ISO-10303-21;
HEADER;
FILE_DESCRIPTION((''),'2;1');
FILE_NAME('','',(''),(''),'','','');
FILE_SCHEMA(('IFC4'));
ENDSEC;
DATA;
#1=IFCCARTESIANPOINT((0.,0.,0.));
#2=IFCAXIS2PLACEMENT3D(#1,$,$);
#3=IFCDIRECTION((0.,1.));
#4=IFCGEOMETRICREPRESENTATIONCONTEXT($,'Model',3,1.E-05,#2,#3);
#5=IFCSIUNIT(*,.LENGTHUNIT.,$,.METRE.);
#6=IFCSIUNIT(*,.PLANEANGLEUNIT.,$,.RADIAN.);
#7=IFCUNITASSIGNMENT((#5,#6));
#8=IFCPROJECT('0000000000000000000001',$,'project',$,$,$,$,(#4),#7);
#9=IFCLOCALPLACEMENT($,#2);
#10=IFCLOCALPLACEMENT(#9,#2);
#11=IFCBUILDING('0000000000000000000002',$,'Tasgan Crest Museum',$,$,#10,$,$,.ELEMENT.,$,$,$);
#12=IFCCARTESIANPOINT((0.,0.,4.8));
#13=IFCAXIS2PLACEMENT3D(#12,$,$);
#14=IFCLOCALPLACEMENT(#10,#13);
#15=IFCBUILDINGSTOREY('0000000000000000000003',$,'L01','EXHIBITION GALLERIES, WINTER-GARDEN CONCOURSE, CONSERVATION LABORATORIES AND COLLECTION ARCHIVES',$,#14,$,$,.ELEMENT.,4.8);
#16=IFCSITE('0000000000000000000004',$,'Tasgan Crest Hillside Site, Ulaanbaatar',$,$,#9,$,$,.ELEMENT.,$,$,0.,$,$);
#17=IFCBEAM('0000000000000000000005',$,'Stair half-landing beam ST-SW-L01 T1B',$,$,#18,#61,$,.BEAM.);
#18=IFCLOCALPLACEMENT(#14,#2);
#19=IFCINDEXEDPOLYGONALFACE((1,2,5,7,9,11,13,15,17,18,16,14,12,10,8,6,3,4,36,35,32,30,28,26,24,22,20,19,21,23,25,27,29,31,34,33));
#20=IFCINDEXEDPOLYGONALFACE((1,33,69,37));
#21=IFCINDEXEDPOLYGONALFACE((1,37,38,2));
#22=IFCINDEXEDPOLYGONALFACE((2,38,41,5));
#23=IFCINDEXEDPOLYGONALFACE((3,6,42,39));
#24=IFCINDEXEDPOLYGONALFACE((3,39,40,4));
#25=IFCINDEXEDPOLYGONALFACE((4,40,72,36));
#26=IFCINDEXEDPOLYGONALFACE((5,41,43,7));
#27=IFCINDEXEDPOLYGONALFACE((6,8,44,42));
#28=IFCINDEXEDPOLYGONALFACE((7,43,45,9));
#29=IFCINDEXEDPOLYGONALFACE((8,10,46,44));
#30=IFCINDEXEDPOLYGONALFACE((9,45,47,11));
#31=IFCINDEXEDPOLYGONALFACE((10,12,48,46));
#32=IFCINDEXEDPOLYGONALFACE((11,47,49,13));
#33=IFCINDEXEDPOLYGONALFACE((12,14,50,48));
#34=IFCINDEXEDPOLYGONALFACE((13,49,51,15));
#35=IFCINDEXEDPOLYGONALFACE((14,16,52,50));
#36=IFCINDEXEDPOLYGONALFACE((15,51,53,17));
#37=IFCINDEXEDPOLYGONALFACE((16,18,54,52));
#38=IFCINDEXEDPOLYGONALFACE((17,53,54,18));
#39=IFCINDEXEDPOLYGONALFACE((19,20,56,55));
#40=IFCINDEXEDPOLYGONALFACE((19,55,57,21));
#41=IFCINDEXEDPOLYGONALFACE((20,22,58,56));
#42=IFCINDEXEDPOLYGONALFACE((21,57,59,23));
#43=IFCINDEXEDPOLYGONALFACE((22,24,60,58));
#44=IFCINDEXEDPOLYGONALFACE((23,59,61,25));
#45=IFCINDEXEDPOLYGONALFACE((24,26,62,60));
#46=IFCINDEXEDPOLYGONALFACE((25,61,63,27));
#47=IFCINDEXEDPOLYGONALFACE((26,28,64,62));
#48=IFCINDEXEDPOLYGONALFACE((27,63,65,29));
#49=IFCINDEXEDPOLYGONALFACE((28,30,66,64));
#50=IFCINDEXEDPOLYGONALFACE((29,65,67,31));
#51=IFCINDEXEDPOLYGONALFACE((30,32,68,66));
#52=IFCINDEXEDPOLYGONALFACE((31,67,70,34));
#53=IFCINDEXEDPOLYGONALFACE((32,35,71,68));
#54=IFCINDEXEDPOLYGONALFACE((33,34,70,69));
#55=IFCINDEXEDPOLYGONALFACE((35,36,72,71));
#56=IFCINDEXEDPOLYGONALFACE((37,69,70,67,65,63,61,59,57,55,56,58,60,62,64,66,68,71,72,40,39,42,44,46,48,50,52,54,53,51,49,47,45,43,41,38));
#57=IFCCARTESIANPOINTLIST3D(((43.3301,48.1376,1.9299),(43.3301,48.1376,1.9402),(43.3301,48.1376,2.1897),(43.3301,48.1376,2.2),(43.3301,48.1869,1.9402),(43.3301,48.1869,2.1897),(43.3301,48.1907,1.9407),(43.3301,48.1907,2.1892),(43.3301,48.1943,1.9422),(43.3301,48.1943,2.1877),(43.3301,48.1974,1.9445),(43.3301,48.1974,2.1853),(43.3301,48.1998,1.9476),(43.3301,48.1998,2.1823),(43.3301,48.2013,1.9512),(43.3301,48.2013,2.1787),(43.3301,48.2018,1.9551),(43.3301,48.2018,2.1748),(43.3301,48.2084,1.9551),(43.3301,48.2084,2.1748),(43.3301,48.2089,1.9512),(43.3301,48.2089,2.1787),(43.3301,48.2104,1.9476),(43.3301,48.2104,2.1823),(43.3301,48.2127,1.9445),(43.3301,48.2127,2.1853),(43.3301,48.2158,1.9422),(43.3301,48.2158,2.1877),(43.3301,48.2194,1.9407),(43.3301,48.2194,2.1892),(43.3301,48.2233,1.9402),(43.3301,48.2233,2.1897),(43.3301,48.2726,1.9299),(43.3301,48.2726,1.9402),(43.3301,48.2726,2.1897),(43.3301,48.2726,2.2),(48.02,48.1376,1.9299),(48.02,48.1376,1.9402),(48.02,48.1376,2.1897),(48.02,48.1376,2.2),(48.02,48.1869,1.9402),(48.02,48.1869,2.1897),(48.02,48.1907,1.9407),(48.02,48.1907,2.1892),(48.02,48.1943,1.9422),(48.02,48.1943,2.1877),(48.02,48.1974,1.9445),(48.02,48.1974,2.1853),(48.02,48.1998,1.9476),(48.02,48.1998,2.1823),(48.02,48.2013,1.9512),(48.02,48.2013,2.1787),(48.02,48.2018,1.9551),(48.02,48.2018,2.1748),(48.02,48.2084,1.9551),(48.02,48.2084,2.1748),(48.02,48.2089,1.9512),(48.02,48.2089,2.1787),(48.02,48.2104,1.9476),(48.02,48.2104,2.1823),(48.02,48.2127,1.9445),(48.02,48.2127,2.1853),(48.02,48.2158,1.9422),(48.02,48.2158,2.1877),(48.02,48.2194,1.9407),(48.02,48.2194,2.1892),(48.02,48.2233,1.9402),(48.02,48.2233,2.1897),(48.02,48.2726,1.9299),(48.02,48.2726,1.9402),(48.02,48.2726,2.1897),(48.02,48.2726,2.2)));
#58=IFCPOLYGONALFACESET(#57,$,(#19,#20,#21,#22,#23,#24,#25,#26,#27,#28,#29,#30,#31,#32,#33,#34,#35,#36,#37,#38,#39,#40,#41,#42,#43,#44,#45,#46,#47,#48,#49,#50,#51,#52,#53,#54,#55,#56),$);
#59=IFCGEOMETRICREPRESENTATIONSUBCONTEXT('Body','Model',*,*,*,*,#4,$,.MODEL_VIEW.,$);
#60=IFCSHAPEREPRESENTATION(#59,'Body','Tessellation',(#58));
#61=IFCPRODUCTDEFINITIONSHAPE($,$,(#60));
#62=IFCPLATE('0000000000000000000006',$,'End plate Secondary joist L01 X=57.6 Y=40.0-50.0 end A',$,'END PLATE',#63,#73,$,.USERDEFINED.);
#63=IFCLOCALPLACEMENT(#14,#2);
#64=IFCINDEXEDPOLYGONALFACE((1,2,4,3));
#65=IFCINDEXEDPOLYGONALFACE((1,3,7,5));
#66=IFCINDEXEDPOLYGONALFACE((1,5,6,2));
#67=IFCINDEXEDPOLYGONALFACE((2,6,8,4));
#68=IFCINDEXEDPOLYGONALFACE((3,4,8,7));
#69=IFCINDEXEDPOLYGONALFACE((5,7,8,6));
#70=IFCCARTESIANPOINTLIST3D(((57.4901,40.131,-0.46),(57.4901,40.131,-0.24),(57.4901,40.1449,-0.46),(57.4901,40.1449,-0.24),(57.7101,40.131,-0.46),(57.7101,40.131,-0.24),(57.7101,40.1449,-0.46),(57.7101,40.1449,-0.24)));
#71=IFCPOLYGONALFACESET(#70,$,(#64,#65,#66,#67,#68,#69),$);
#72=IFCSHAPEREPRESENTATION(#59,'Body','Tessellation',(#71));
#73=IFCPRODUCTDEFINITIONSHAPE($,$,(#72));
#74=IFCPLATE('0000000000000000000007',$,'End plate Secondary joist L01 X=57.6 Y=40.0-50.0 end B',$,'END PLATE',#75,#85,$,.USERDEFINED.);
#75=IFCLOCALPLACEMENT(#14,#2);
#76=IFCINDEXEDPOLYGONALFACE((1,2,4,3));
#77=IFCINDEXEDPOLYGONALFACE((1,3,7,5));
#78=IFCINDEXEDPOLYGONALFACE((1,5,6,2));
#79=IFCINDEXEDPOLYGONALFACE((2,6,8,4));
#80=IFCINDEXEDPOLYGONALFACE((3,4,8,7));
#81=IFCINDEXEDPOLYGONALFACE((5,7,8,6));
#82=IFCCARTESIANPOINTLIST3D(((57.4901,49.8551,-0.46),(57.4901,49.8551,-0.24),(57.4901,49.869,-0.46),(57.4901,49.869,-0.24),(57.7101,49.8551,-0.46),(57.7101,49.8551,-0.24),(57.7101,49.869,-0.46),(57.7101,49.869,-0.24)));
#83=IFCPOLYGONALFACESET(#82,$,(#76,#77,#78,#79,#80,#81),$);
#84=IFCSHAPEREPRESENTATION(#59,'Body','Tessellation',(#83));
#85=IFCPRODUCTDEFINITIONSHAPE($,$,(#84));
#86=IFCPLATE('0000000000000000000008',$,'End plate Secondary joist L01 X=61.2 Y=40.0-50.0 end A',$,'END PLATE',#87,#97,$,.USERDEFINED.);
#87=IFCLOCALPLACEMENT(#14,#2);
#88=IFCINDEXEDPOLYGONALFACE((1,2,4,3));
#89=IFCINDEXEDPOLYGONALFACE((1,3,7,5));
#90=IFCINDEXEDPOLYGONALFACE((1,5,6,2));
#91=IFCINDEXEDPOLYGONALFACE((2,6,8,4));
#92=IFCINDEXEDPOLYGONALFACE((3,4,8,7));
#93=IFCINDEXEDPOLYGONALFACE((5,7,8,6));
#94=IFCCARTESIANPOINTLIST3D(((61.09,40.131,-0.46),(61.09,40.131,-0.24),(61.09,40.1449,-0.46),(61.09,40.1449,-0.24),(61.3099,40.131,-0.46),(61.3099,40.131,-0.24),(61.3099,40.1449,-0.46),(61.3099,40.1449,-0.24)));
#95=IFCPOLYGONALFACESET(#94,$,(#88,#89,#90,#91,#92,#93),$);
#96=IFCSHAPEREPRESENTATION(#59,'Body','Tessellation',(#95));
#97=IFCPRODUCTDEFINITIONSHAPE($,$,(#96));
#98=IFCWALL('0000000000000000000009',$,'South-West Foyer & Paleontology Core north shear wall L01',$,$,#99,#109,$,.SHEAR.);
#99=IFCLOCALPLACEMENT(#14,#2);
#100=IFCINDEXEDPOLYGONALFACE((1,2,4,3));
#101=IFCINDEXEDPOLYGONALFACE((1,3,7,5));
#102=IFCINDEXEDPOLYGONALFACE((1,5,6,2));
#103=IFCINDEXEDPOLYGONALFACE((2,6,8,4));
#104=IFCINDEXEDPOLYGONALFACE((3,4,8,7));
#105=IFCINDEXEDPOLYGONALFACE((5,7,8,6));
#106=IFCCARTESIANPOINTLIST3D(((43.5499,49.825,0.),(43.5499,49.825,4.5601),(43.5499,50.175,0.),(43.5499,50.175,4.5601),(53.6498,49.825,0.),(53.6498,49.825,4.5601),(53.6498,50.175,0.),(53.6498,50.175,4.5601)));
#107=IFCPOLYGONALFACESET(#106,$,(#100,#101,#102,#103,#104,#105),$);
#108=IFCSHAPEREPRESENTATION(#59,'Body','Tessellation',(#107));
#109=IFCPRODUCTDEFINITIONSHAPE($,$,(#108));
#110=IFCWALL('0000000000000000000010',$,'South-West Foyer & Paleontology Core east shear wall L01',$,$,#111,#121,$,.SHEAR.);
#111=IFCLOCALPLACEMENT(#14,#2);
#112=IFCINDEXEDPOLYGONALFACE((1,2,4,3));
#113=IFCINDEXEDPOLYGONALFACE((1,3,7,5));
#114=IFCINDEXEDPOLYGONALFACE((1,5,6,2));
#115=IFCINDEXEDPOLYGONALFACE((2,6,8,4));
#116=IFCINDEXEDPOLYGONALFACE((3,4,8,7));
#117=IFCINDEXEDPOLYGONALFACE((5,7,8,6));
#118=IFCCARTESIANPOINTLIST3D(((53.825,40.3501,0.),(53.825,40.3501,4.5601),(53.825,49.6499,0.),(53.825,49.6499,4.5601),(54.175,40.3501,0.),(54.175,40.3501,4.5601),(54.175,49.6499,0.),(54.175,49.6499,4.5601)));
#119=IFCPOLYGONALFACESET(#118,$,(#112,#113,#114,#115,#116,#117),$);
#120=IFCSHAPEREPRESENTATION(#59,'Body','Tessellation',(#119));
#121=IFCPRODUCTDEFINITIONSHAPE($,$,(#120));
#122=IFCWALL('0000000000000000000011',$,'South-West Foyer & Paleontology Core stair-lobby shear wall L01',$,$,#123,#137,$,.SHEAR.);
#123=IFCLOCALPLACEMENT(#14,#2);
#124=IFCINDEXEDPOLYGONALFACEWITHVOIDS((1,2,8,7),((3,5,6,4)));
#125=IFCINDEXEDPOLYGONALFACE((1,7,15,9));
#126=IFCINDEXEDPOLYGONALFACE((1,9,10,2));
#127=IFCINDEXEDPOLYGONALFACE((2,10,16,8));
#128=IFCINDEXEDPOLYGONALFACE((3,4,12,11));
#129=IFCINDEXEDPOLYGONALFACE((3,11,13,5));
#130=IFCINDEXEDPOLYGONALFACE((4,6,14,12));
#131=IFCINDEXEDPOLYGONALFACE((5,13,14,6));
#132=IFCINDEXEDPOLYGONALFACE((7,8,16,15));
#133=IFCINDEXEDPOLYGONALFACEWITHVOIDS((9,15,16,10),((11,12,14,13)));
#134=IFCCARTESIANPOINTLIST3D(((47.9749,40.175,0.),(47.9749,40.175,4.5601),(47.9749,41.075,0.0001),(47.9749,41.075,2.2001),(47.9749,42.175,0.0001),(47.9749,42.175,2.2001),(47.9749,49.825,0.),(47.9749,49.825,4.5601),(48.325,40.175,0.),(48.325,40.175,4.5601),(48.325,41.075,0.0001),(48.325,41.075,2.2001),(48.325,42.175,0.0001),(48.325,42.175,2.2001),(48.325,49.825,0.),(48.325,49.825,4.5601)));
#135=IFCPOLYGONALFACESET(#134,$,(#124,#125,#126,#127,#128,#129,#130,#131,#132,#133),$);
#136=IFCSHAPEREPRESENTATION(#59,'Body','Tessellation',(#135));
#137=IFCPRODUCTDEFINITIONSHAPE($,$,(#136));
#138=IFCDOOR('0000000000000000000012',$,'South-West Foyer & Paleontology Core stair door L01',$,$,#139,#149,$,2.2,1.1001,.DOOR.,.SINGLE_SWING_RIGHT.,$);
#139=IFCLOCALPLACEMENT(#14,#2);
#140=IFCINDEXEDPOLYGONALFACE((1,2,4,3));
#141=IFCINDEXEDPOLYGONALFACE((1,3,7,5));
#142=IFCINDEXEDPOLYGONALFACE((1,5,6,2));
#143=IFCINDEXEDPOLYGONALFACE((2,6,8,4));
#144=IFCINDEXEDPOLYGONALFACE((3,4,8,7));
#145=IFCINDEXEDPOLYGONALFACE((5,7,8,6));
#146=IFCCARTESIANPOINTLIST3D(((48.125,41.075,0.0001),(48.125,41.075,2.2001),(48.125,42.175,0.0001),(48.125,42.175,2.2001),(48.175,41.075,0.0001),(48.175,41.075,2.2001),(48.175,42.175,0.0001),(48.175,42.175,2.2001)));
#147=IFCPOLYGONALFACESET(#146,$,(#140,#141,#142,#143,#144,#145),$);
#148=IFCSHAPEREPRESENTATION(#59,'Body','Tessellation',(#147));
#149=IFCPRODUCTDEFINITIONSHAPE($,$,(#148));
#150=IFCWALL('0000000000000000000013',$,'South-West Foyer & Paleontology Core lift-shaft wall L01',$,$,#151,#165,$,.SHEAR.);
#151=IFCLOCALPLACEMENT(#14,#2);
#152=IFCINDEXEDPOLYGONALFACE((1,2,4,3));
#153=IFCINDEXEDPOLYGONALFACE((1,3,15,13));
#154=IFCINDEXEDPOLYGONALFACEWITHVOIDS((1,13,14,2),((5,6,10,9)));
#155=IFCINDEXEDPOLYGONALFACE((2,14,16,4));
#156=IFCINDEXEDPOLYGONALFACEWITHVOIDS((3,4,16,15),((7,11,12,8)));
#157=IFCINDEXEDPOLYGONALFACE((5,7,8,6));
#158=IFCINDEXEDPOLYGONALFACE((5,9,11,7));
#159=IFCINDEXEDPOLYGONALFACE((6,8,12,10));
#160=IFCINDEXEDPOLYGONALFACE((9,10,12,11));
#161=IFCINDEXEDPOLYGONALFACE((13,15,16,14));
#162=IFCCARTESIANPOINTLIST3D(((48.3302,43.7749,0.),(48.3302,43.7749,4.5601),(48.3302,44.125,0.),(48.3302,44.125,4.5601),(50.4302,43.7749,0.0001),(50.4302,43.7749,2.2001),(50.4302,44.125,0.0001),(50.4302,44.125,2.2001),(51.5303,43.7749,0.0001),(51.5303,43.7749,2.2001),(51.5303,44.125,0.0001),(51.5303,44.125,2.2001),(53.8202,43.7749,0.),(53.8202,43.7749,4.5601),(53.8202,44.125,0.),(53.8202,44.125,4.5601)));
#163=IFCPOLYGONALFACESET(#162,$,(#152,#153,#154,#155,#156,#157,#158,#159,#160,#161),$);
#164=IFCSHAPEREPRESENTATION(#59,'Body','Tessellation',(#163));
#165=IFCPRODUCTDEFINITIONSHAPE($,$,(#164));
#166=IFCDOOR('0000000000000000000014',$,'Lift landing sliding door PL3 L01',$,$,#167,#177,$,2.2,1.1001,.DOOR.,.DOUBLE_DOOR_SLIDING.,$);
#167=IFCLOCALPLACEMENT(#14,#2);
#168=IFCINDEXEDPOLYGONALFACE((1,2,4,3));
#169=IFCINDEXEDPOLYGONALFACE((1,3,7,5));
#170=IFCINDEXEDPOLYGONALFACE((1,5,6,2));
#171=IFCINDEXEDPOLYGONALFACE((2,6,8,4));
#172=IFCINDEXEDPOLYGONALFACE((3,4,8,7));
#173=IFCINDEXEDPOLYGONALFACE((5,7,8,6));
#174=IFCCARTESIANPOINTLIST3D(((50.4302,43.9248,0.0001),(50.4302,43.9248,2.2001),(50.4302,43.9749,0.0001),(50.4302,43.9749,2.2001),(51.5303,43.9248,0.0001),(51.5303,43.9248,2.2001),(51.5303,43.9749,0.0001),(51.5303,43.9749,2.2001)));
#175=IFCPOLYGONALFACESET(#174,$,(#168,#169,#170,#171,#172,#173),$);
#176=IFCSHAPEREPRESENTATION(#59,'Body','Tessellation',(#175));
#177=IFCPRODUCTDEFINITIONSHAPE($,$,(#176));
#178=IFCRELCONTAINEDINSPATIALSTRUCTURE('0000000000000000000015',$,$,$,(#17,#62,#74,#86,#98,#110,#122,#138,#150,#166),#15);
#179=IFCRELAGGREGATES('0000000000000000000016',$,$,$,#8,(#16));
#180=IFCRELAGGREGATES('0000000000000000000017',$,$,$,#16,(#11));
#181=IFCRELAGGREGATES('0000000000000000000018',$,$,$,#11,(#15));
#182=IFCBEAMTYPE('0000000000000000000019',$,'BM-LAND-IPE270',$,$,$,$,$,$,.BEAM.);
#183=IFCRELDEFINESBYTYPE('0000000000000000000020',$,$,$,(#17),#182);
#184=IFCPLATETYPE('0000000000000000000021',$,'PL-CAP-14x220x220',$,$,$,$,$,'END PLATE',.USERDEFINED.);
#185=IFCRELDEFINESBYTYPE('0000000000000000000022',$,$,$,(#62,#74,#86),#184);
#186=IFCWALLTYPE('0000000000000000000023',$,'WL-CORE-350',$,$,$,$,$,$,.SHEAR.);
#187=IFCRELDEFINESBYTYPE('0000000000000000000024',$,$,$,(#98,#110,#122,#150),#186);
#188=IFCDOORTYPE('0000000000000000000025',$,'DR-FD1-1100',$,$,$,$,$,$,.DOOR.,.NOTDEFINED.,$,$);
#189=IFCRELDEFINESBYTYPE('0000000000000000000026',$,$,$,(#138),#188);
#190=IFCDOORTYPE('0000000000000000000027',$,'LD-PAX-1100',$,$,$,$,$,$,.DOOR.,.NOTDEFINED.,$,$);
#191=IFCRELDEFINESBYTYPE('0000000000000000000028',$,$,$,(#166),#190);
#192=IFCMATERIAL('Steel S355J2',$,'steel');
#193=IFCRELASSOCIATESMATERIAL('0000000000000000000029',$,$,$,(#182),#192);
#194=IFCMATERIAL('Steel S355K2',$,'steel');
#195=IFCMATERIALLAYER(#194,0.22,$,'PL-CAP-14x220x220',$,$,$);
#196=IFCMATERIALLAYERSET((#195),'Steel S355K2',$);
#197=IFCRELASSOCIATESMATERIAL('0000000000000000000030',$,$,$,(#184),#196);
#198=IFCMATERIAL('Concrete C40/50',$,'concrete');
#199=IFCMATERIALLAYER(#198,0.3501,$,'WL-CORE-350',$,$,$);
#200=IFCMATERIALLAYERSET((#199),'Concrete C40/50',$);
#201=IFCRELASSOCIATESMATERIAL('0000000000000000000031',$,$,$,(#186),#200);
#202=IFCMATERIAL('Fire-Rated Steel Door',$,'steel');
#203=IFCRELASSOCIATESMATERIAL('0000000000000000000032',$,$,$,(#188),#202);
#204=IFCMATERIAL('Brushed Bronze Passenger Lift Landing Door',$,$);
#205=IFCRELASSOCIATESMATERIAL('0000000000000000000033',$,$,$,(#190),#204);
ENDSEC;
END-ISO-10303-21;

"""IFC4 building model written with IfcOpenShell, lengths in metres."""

from ifc_helpers import new_model, si_unit, direction, frame, frame_2d, origin, origin_2d, place, context, subcontext, project, spatial, rectangle, i_section, extrude, material, layer, layer_set, material_profile, profile_set, type_object, element, fill, save


model = new_model("IFC4")

# Units and contexts
model_context = context("Model", 3, precision=1e-05, world=origin(), true_north=direction((0.0, 1.0)))
body_context = subcontext(model_context, "Body", "Model", "MODEL_VIEW")
ifc_project = project(units=[si_unit("LENGTHUNIT", "METRE"), si_unit("PLANEANGLEUNIT", "RADIAN")], contexts=[model_context])

# Site, building, storey
site_placement = place(None, origin())
site = spatial("IfcSite", under=ifc_project, at=site_placement, Name="Tasgan Crest Hillside Site, Ulaanbaatar", CompositionType="ELEMENT", RefElevation=0.0)
building_placement = place(site_placement, origin())
building = spatial("IfcBuilding", under=site, at=building_placement, Name="Tasgan Crest Museum", CompositionType="ELEMENT")
storey_placement = place(building_placement, frame((0.0, 0.0, 4.8)))
storey = spatial("IfcBuildingStorey", under=building, at=storey_placement, Name="L01", Description="EXHIBITION GALLERIES, WINTER-GARDEN CONCOURSE, CONSERVATION LABORATORIES AND COLLECTION ARCHIVES", CompositionType="ELEMENT", Elevation=4.8)

# Beam
ifc_material_1 = material(Name="Steel S355J2", Category="steel")
ifc_material_profile_1 = material_profile(ifc_material_1, i_section(OverallWidth=0.135, OverallDepth=0.27, WebThickness=0.0066, FlangeThickness=0.0103, FilletRadius=0.0149, at=origin_2d()), Name="IPE 270")
ifc_profile_set_1 = profile_set([ifc_material_profile_1], Name="Steel S355J2")
beam_type_1 = type_object("IfcBeamType", Name="BM-LAND-IPE270", PredefinedType="BEAM", material=ifc_profile_set_1)
for number, where, z_axis, x_axis, name in (
    (1, (43.3301, 48.2051, 2.0649), (1.0, 0.0, 0.0), (0.0, 1.0, 0.0), "Stair half-landing beam ST-SW-L01 T1B"),
):
    element("IfcBeam", number, at=place(storey_placement, frame(where, z_axis=z_axis, x_axis=x_axis)), inside=storey, type_object=beam_type_1, Name=name, PredefinedType="BEAM", context=body_context, shape_type="SweptSolid", body=[
        extrude(i_section(OverallWidth=0.135, OverallDepth=0.27, WebThickness=0.0066, FlangeThickness=0.0103, FilletRadius=0.0149, at=origin_2d()), origin(), (0.0, 0.0, 1.0), 4.6899),
    ])

# Plates
ifc_material_2 = material(Name="Steel S355K2", Category="steel")
ifc_layer_1 = layer(ifc_material_2, 0.22, Name="PL-CAP-14x220x220")
ifc_layer_set_1 = layer_set([ifc_layer_1], Name="Steel S355K2")
plate_type = type_object("IfcPlateType", Name="PL-CAP-14x220x220", ElementType="END PLATE", PredefinedType="USERDEFINED", material=ifc_layer_set_1)
for number, where, z_axis, x_axis, name in (
    (2, (57.6001, 40.1379, -0.46), (0.0, 0.0, 1.0), (0.0, 1.0, 0.0), "End plate Secondary joist L01 X=57.6 Y=40.0-50.0 end A"),
    (3, (57.6001, 49.8621, -0.46), (0.0, 0.0, 1.0), (0.0, 1.0, 0.0), "End plate Secondary joist L01 X=57.6 Y=40.0-50.0 end B"),
    (4, (61.2, 40.1379, -0.46), (0.0, 0.0, 1.0), (0.0, 1.0, 0.0), "End plate Secondary joist L01 X=61.2 Y=40.0-50.0 end A"),
):
    element("IfcPlate", number, at=place(storey_placement, frame(where, z_axis=z_axis, x_axis=x_axis)), inside=storey, type_object=plate_type, Name=name, ObjectType="END PLATE", PredefinedType="USERDEFINED", context=body_context, shape_type="SweptSolid", body=[
        extrude(rectangle(XDim=0.0139, YDim=0.22, at=origin_2d()), origin(), (0.0, 0.0, 1.0), 0.22),
    ])

# Walls
ifc_material_3 = material(Name="Concrete C40/50", Category="concrete")
ifc_layer_2 = layer(ifc_material_3, 0.3501, Name="WL-CORE-350")
ifc_layer_set_2 = layer_set([ifc_layer_2], Name="Concrete C40/50")
wall_type_1 = type_object("IfcWallType", Name="WL-CORE-350", PredefinedType="SHEAR", material=ifc_layer_set_2)
wall_1_placement = place(storey_placement, frame((43.55, 50.0, 0.0), z_axis=(0.0, 0.0, 1.0), x_axis=(1.0, 0.0, 0.0)))
element("IfcWall", 5, at=wall_1_placement, inside=storey, type_object=wall_type_1, Name="South-West Foyer & Paleontology Core north shear wall L01", PredefinedType="SHEAR", context=body_context, shape_type="SweptSolid", body=[
    extrude(rectangle(XDim=10.0999, YDim=0.3501, at=frame_2d((5.0498, 0.0))), origin(), (0.0, 0.0, 1.0), 4.5601),
])
wall_2_placement = place(storey_placement, frame((54.0, 40.3501, 0.0), z_axis=(0.0, 0.0, 1.0), x_axis=(0.0, 1.0, 0.0)))
element("IfcWall", 6, at=wall_2_placement, inside=storey, type_object=wall_type_1, Name="South-West Foyer & Paleontology Core east shear wall L01", PredefinedType="SHEAR", context=body_context, shape_type="SweptSolid", body=[
    extrude(rectangle(XDim=9.2998, YDim=0.3501, at=frame_2d((4.6499, 0.0))), origin(), (0.0, 0.0, 1.0), 4.5601),
])

# Walls, openings, doors
wall_3_placement = place(storey_placement, frame((48.1499, 40.175, 0.0), z_axis=(0.0, 0.0, 1.0), x_axis=(0.0, 1.0, 0.0)))
wall_3 = element("IfcWall", 7, at=wall_3_placement, inside=storey, type_object=wall_type_1, Name="South-West Foyer & Paleontology Core stair-lobby shear wall L01", PredefinedType="SHEAR", context=body_context, shape_type="SweptSolid", body=[
    extrude(rectangle(XDim=9.6499, YDim=0.3501, at=frame_2d((4.825, 0.0))), origin(), (0.0, 0.0, 1.0), 4.5601),
])
opening_1_placement = place(wall_3_placement, frame((0.8999, 0.0, 0.0)))
opening_1 = element("IfcOpeningElement", 8, at=opening_1_placement, cuts=wall_3, PredefinedType="OPENING", context=body_context, shape_type="SweptSolid", body=[
    extrude(rectangle(XDim=1.1001, YDim=2.2, at=frame_2d((0.55, 1.1001))), frame((0.0, 0.1851, 0.0), z_axis=(0.0, -1.0, 0.0), x_axis=(1.0, 0.0, 0.0)), (0.0, 0.0, 1.0), 0.3701),
])
ifc_material_4 = material(Name="Fire-Rated Steel Door", Category="steel")
door_type_1 = type_object("IfcDoorType", Name="DR-FD1-1100", OperationType="NOTDEFINED", PredefinedType="DOOR", material=ifc_material_4)
door_1_placement = place(opening_1_placement, origin())
door_1 = element("IfcDoor", 9, at=door_1_placement, inside=storey, type_object=door_type_1, Name="South-West Foyer & Paleontology Core stair door L01", OperationType="SINGLE_SWING_RIGHT", OverallHeight=2.2, OverallWidth=1.1001, PredefinedType="DOOR", context=body_context, shape_type="SweptSolid", body=[
    extrude(rectangle(XDim=1.1001, YDim=2.2, at=frame_2d((0.55, 1.1001))), frame((0.0, 0.0249, 0.0), z_axis=(0.0, -1.0, 0.0), x_axis=(1.0, 0.0, 0.0)), (0.0, 0.0, 1.0), 0.05),
])
fill(opening_1, door_1)
wall_4_placement = place(storey_placement, frame((48.3301, 43.95, 0.0), z_axis=(0.0, 0.0, 1.0), x_axis=(1.0, 0.0, 0.0)))
wall_4 = element("IfcWall", 10, at=wall_4_placement, inside=storey, type_object=wall_type_1, Name="South-West Foyer & Paleontology Core lift-shaft wall L01", PredefinedType="SHEAR", context=body_context, shape_type="SweptSolid", body=[
    extrude(rectangle(XDim=5.49, YDim=0.3501, at=frame_2d((2.7451, 0.0))), origin(), (0.0, 0.0, 1.0), 4.5601),
])
opening_2_placement = place(wall_4_placement, frame((2.1001, 0.0, 0.0)))
opening_2 = element("IfcOpeningElement", 11, at=opening_2_placement, cuts=wall_4, PredefinedType="OPENING", context=body_context, shape_type="SweptSolid", body=[
    extrude(rectangle(XDim=1.1001, YDim=2.2, at=frame_2d((0.55, 1.1001))), frame((0.0, 0.1851, 0.0), z_axis=(0.0, -1.0, 0.0), x_axis=(1.0, 0.0, 0.0)), (0.0, 0.0, 1.0), 0.3701),
])
ifc_material_5 = material(Name="Brushed Bronze Passenger Lift Landing Door")
door_type_2 = type_object("IfcDoorType", Name="LD-PAX-1100", OperationType="NOTDEFINED", PredefinedType="DOOR", material=ifc_material_5)
door_2_placement = place(opening_2_placement, origin())
door_2 = element("IfcDoor", 12, at=door_2_placement, inside=storey, type_object=door_type_2, Name="Lift landing sliding door PL3 L01", OperationType="DOUBLE_DOOR_SLIDING", OverallHeight=2.2, OverallWidth=1.1001, PredefinedType="DOOR", context=body_context, shape_type="SweptSolid", body=[
    extrude(rectangle(XDim=1.1001, YDim=2.2, at=frame_2d((0.55, 1.1001))), frame((0.0, 0.0249, 0.0), z_axis=(0.0, -1.0, 0.0), x_axis=(1.0, 0.0, 0.0)), (0.0, 0.0, 1.0), 0.05),
])
fill(opening_2, door_2)

save(model, "model.ifc")
